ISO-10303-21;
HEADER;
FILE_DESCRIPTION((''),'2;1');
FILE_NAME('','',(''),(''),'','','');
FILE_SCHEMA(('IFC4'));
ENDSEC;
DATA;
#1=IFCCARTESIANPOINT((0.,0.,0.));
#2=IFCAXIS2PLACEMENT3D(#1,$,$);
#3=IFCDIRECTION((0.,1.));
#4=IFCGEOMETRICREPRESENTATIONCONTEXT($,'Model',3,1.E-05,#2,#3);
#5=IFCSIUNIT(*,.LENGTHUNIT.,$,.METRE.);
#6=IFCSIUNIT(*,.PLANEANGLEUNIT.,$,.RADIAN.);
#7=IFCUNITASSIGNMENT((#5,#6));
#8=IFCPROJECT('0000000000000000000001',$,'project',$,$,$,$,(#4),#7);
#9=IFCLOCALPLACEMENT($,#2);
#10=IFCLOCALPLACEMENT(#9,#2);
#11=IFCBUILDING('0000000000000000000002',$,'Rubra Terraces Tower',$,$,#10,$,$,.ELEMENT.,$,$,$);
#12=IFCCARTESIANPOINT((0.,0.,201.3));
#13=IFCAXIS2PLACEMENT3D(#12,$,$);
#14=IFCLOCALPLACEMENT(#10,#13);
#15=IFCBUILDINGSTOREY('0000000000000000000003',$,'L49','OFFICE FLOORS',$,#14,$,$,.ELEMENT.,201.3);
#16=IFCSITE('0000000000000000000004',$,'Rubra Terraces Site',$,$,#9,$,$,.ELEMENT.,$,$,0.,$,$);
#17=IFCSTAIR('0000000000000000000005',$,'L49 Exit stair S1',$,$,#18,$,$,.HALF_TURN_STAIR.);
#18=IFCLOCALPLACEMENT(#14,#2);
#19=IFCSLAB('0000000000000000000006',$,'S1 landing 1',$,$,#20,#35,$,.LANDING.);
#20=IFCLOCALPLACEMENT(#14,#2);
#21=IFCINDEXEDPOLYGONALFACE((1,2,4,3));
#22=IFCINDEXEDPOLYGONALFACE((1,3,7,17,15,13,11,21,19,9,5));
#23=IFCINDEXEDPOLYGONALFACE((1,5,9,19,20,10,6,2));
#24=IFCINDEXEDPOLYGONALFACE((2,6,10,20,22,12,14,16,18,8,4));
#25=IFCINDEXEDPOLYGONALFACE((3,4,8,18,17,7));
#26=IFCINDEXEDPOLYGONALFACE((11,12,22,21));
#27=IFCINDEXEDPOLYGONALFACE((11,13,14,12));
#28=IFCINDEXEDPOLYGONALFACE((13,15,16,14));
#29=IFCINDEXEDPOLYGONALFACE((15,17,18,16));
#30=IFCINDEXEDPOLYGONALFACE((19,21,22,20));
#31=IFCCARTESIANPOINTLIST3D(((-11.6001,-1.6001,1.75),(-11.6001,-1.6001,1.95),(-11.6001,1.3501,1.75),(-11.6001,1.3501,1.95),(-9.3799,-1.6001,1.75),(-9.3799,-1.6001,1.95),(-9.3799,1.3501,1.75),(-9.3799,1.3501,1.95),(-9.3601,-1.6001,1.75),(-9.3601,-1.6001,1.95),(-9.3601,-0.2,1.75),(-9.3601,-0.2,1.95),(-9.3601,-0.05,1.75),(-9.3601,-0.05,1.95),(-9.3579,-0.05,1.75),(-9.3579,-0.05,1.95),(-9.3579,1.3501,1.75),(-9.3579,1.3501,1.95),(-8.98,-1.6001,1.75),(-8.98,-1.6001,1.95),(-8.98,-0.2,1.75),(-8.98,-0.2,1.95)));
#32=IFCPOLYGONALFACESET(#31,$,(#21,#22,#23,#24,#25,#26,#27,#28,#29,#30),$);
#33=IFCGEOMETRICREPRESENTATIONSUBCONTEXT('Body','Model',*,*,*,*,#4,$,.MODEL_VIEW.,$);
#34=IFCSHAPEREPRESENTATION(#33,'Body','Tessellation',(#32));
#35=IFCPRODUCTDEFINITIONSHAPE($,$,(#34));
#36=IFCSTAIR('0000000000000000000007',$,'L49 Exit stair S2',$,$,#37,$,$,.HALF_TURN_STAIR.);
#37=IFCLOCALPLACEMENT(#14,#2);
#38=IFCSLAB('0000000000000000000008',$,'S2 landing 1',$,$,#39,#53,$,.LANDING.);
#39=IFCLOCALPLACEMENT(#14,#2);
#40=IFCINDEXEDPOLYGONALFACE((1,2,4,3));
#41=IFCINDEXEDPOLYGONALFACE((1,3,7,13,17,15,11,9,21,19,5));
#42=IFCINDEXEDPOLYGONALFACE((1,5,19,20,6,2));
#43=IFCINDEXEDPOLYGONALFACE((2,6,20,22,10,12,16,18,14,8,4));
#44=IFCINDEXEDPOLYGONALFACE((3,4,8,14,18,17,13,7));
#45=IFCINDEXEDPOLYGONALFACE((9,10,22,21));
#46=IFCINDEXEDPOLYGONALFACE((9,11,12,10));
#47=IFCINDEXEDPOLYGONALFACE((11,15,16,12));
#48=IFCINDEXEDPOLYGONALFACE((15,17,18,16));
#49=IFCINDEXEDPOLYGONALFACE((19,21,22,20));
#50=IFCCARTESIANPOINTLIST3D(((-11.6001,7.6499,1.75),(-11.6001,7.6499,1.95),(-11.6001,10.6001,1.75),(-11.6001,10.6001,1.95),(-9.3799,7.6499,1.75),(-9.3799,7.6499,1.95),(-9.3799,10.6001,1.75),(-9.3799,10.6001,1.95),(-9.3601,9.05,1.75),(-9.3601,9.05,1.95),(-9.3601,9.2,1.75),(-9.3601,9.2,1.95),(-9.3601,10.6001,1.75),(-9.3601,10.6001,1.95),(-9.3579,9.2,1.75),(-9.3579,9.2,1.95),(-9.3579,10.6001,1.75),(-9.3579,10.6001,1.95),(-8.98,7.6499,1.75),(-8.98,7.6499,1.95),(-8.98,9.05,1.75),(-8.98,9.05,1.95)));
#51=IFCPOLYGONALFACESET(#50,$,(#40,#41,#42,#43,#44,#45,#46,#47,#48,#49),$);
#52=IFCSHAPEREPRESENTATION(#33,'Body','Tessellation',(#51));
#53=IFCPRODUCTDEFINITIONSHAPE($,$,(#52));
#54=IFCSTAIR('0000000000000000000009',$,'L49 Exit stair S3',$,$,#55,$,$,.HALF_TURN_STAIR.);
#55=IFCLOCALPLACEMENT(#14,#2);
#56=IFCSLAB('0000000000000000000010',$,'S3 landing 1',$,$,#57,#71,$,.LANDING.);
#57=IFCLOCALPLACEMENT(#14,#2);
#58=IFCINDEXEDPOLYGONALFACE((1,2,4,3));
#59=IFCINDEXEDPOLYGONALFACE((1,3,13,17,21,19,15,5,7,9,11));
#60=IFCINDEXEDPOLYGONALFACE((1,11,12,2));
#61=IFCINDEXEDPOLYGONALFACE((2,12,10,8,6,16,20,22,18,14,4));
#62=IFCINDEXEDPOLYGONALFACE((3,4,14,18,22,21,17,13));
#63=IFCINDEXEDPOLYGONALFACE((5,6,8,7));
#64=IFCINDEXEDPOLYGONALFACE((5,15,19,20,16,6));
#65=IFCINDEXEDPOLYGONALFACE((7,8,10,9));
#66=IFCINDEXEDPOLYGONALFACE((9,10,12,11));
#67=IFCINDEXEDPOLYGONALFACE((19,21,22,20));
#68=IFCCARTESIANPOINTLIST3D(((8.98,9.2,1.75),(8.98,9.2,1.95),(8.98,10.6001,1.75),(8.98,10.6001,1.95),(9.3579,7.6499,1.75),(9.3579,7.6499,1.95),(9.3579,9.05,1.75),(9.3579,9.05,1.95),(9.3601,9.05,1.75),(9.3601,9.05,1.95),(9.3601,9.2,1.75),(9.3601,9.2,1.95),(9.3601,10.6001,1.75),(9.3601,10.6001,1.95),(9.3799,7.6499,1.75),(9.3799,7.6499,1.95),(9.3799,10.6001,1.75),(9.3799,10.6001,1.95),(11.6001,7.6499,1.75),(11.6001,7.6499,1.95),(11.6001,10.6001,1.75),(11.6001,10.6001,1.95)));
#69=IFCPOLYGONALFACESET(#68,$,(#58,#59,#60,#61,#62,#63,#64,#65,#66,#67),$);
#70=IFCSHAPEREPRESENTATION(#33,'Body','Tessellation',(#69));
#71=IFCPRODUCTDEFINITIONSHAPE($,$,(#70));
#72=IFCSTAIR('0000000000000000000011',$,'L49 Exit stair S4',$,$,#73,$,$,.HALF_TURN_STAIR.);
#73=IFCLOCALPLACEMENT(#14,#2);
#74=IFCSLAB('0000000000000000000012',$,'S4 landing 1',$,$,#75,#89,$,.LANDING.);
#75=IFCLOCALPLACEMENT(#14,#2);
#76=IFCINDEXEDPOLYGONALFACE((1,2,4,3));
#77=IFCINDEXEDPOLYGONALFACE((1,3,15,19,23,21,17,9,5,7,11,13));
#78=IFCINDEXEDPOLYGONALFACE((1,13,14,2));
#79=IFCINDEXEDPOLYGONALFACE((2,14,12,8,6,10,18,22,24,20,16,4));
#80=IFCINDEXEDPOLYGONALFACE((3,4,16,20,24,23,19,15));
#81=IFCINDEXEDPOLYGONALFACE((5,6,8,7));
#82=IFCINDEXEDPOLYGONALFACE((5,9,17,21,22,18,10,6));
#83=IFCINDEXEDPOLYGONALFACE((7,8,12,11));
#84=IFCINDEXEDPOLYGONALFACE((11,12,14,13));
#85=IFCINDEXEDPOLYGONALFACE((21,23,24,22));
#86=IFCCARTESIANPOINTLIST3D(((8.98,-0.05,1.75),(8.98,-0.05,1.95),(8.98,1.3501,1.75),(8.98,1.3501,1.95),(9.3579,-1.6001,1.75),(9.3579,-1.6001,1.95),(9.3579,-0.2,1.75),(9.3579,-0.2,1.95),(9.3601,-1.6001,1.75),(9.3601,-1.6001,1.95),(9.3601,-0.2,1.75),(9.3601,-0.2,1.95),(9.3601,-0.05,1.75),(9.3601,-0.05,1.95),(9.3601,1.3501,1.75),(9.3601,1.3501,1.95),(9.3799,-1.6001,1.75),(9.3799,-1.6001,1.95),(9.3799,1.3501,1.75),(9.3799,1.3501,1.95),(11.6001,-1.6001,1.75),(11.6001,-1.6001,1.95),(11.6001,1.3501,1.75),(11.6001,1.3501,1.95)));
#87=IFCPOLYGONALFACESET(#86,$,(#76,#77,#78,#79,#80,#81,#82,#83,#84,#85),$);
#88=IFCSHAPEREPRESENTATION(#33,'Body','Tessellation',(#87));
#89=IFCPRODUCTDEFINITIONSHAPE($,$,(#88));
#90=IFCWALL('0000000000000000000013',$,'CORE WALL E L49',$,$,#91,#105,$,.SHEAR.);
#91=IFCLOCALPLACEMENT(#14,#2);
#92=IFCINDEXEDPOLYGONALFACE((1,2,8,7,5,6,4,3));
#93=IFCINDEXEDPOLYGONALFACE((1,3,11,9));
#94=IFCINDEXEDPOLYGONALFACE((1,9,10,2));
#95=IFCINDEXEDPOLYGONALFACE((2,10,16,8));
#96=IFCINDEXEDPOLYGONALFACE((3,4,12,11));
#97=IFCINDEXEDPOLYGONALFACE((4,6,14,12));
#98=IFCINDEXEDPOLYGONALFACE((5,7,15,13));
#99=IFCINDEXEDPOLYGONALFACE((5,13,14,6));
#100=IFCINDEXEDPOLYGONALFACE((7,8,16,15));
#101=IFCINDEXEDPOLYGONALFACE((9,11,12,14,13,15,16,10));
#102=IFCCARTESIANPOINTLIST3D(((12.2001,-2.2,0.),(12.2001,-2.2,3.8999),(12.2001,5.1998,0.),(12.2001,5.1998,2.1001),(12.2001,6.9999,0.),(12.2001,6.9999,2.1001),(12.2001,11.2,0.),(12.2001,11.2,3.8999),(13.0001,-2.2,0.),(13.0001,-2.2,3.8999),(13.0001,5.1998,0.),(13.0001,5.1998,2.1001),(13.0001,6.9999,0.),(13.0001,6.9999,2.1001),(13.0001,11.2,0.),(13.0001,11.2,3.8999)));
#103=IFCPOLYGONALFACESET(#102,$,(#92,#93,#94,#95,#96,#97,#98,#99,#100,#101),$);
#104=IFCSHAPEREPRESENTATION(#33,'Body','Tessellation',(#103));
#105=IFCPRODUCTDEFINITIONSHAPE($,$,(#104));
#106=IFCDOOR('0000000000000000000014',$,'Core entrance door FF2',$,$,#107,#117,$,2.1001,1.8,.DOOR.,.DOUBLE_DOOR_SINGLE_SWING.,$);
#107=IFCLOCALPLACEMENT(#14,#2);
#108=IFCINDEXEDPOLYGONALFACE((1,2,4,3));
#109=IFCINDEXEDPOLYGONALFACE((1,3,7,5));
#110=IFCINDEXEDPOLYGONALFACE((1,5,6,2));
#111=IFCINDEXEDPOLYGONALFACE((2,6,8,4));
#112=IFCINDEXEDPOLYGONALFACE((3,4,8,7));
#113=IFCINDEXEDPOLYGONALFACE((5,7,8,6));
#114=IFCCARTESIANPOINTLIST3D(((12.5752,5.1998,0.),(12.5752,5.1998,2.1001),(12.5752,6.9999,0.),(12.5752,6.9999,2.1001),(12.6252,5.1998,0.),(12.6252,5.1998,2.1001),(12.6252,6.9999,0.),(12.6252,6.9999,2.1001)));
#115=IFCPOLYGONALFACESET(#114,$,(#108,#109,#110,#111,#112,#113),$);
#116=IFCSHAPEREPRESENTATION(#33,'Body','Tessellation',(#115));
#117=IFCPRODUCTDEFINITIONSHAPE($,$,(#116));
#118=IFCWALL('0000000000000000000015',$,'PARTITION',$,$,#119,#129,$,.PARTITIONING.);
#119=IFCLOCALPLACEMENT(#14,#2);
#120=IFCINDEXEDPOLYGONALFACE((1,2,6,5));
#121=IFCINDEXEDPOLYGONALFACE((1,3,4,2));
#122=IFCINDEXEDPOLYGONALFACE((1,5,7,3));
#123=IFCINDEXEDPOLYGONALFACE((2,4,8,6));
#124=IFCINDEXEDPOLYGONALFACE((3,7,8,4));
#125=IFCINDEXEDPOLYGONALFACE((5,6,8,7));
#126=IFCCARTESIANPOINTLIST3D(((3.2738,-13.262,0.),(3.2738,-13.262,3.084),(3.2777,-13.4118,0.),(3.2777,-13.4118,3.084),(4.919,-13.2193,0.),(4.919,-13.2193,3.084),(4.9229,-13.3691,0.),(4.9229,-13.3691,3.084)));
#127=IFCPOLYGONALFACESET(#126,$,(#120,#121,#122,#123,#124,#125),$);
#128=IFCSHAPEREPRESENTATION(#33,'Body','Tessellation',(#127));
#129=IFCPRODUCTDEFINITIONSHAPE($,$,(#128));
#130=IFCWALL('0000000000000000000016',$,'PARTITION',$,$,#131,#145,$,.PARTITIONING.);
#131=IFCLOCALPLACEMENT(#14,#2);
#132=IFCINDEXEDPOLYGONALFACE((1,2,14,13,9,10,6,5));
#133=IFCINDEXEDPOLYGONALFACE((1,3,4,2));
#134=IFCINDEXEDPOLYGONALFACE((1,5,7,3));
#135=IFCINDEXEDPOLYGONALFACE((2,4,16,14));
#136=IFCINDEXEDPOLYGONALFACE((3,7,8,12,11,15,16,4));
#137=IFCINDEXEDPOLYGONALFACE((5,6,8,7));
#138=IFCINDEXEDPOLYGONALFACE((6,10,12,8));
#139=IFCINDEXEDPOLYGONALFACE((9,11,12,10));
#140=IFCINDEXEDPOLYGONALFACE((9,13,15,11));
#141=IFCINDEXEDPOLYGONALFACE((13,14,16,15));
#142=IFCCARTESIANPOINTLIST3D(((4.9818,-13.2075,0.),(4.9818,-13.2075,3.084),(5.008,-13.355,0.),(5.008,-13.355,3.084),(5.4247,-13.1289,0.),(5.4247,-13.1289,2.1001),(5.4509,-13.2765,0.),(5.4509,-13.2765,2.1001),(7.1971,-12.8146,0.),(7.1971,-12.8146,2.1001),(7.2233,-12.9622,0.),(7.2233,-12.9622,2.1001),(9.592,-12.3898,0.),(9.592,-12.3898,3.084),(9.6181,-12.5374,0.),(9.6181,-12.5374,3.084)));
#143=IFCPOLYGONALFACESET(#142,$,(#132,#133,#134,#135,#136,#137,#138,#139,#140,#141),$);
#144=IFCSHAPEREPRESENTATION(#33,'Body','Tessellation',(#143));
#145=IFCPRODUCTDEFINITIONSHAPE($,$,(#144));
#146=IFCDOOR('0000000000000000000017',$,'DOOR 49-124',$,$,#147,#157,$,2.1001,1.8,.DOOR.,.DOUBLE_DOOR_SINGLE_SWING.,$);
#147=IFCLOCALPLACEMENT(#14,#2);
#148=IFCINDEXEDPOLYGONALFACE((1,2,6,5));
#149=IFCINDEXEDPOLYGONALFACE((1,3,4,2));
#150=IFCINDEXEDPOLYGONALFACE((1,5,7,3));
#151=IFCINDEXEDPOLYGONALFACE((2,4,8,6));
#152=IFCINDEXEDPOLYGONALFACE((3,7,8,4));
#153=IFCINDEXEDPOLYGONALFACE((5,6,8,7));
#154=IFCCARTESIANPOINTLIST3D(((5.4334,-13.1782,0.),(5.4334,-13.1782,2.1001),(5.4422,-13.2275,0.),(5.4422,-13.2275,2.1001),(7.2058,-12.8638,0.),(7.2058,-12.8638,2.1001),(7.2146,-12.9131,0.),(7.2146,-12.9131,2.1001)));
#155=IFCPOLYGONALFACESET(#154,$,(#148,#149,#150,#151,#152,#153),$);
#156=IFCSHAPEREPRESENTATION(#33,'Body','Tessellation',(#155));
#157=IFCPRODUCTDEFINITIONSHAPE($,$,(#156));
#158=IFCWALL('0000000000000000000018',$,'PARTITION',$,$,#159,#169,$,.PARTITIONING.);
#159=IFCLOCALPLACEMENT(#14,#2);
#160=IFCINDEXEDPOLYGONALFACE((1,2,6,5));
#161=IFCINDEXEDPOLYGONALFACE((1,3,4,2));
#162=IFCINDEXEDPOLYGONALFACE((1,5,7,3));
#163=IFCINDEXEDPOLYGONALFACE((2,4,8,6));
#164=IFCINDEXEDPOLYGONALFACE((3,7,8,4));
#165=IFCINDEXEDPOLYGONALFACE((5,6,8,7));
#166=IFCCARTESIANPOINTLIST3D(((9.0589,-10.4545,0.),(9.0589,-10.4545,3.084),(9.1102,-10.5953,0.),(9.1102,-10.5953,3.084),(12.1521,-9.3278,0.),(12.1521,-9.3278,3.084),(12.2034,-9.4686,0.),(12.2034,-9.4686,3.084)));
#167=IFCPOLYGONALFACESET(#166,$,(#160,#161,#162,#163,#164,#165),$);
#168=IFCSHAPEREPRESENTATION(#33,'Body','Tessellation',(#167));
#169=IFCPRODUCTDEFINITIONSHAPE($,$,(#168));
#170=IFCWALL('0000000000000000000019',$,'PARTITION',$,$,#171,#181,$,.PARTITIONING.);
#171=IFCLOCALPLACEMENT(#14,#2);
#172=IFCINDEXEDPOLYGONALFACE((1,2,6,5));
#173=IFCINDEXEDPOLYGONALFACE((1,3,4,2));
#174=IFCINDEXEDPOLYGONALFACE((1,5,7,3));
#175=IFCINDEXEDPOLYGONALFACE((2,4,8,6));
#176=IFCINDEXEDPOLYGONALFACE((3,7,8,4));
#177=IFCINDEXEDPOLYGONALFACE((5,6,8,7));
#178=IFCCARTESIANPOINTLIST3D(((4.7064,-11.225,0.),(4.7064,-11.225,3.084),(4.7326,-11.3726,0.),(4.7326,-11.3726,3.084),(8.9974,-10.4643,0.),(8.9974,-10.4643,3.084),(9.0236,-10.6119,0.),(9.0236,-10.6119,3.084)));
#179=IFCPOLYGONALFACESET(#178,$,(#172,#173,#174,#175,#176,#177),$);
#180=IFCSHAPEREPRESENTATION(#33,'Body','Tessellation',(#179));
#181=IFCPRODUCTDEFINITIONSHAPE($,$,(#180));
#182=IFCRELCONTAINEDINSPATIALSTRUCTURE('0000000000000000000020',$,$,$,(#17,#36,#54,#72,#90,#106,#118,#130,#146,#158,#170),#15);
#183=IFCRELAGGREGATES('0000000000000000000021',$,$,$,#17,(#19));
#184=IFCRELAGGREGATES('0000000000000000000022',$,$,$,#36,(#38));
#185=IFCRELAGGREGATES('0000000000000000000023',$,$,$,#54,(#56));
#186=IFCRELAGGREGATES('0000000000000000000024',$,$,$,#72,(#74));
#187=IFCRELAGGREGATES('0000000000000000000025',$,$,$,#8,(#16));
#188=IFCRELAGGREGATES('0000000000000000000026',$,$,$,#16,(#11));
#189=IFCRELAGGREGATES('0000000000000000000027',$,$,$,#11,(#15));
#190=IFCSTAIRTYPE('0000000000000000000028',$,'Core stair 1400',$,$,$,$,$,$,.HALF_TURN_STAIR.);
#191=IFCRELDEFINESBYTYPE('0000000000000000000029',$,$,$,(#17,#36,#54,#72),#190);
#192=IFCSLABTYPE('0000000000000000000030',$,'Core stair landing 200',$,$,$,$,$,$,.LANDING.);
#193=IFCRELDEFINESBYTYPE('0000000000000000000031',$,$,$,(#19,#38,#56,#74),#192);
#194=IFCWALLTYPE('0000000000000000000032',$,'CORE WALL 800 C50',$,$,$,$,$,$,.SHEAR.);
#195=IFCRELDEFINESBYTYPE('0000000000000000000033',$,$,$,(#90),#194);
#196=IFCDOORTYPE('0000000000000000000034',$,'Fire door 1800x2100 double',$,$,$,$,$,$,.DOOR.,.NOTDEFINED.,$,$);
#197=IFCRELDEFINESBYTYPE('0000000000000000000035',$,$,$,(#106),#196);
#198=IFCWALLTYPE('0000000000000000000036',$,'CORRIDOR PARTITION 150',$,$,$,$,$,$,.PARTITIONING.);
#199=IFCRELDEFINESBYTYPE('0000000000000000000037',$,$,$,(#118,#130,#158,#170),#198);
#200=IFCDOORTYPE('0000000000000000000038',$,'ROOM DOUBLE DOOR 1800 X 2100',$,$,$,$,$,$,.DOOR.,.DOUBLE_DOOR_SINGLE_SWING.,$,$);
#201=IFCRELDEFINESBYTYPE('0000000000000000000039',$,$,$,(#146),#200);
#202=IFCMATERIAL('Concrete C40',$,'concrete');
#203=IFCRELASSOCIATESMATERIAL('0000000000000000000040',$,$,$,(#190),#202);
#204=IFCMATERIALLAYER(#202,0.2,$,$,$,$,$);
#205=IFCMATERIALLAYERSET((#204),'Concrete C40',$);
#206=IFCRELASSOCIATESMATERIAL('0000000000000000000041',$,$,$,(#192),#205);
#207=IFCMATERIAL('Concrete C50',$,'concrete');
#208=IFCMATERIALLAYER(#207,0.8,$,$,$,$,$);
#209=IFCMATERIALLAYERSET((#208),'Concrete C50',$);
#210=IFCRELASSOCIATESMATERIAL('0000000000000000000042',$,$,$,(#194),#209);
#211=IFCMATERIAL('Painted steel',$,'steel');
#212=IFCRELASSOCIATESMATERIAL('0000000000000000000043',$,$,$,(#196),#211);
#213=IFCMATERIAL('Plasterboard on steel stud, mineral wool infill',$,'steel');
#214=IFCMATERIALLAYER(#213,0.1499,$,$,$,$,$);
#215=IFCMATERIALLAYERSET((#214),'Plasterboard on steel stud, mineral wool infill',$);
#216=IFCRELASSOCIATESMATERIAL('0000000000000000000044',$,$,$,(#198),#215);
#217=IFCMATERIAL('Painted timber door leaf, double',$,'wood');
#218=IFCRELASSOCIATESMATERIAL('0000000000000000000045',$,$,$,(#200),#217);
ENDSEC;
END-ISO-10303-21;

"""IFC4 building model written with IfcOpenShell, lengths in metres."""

from ifc_helpers import new_model, si_unit, direction, frame, frame_2d, origin, place, context, subcontext, project, spatial, polyline, rectangle, outline, extrude, material, layer, layer_set, type_object, element, fill, aggregate, save


model = new_model("IFC4")

# Units and contexts
model_context = context("Model", 3, precision=1e-05, world=origin(), true_north=direction((0.0, 1.0)))
body_context = subcontext(model_context, "Body", "Model", "MODEL_VIEW")
ifc_project = project(units=[si_unit("LENGTHUNIT", "METRE"), si_unit("PLANEANGLEUNIT", "RADIAN")], contexts=[model_context])

# Site, building, storey
site_placement = place(None, origin())
site = spatial("IfcSite", under=ifc_project, at=site_placement, Name="Rubra Terraces Site", CompositionType="ELEMENT", RefElevation=0.0)
building_placement = place(site_placement, origin())
building = spatial("IfcBuilding", under=site, at=building_placement, Name="Rubra Terraces Tower", CompositionType="ELEMENT")
storey_placement = place(building_placement, frame((0.0, 0.0, 201.3)))
storey = spatial("IfcBuildingStorey", under=building, at=storey_placement, Name="L49", Description="OFFICE FLOORS", CompositionType="ELEMENT", Elevation=201.3)

# Stairs, slabs
ifc_material_1 = material(Name="Concrete C40", Category="concrete")
stair_type = type_object("IfcStairType", Name="Core stair 1400", PredefinedType="HALF_TURN_STAIR", material=ifc_material_1)
stair_1_placement = place(storey_placement, origin())
stair_1 = element("IfcStair", 1, at=stair_1_placement, inside=storey, type_object=stair_type, Name="L49 Exit stair S1", PredefinedType="HALF_TURN_STAIR")
ifc_layer_1 = layer(ifc_material_1, 0.2)
ifc_layer_set_1 = layer_set([ifc_layer_1], Name="Concrete C40")
slab_type = type_object("IfcSlabType", Name="Core stair landing 200", PredefinedType="LANDING", material=ifc_layer_set_1)
slab_1_placement = place(storey_placement, frame((0.0, 0.0, 1.75)))
slab_1 = element("IfcSlab", 2, at=slab_1_placement, type_object=slab_type, Name="S1 landing 1", PredefinedType="LANDING", context=body_context, shape_type="SweptSolid", body=[
    extrude(outline(polyline([(-8.98, -0.2), (-8.98, -1.6001), (-9.3601, -1.6001), (-9.3799, -1.6001), (-11.6001, -1.6001), (-11.6001, 1.3501), (-9.3799, 1.3501), (-9.3579, 1.3501), (-9.3579, -0.05), (-9.3601, -0.05), (-9.3601, -0.2), (-8.98, -0.2)])), origin(), (0.0, 0.0, 1.0), 0.2),
])
aggregate(stair_1, [slab_1])
stair_2_placement = place(storey_placement, origin())
stair_2 = element("IfcStair", 3, at=stair_2_placement, inside=storey, type_object=stair_type, Name="L49 Exit stair S2", PredefinedType="HALF_TURN_STAIR")
slab_2_placement = place(storey_placement, frame((0.0, 0.0, 1.75)))
slab_2 = element("IfcSlab", 4, at=slab_2_placement, type_object=slab_type, Name="S2 landing 1", PredefinedType="LANDING", context=body_context, shape_type="SweptSolid", body=[
    extrude(outline(polyline([(-8.98, 9.05), (-8.98, 7.6499), (-9.3799, 7.6499), (-11.6001, 7.6499), (-11.6001, 10.6001), (-9.3799, 10.6001), (-9.3601, 10.6001), (-9.3579, 10.6001), (-9.3579, 9.2), (-9.3601, 9.2), (-9.3601, 9.05), (-8.98, 9.05)])), origin(), (0.0, 0.0, 1.0), 0.2),
])
aggregate(stair_2, [slab_2])
stair_3_placement = place(storey_placement, origin())
stair_3 = element("IfcStair", 5, at=stair_3_placement, inside=storey, type_object=stair_type, Name="L49 Exit stair S3", PredefinedType="HALF_TURN_STAIR")
slab_3_placement = place(storey_placement, frame((0.0, 0.0, 1.75)))
slab_3 = element("IfcSlab", 6, at=slab_3_placement, type_object=slab_type, Name="S3 landing 1", PredefinedType="LANDING", context=body_context, shape_type="SweptSolid", body=[
    extrude(outline(polyline([(9.3601, 9.05), (9.3601, 9.2), (8.98, 9.2), (8.98, 10.6001), (9.3601, 10.6001), (9.3799, 10.6001), (11.6001, 10.6001), (11.6001, 7.6499), (9.3799, 7.6499), (9.3579, 7.6499), (9.3579, 9.05), (9.3601, 9.05)])), origin(), (0.0, 0.0, 1.0), 0.2),
])
aggregate(stair_3, [slab_3])
stair_4_placement = place(storey_placement, origin())
stair_4 = element("IfcStair", 7, at=stair_4_placement, inside=storey, type_object=stair_type, Name="L49 Exit stair S4", PredefinedType="HALF_TURN_STAIR")
slab_4_placement = place(storey_placement, frame((0.0, 0.0, 1.75)))
slab_4 = element("IfcSlab", 8, at=slab_4_placement, type_object=slab_type, Name="S4 landing 1", PredefinedType="LANDING", context=body_context, shape_type="SweptSolid", body=[
    extrude(outline(polyline([(9.3601, -0.2), (9.3601, -0.05), (8.98, -0.05), (8.98, 1.3501), (9.3601, 1.3501), (9.3799, 1.3501), (11.6001, 1.3501), (11.6001, -1.6001), (9.3799, -1.6001), (9.3601, -1.6001), (9.3579, -1.6001), (9.3579, -0.2), (9.3601, -0.2)])), origin(), (0.0, 0.0, 1.0), 0.2),
])

# Wall, opening, door
ifc_material_2 = material(Name="Concrete C50", Category="concrete")
ifc_layer_2 = layer(ifc_material_2, 0.8)
ifc_layer_set_2 = layer_set([ifc_layer_2], Name="Concrete C50")
wall_type_1 = type_object("IfcWallType", Name="CORE WALL 800 C50", PredefinedType="SHEAR", material=ifc_layer_set_2)
wall_1_placement = place(storey_placement, frame((12.6001, -2.2, 0.0), z_axis=(0.0, 0.0, 1.0), x_axis=(0.0, 1.0, 0.0)))
wall_1 = element("IfcWall", 9, at=wall_1_placement, inside=storey, type_object=wall_type_1, Name="CORE WALL E L49", PredefinedType="SHEAR", context=body_context, shape_type="SweptSolid", body=[
    extrude(rectangle(XDim=13.3999, YDim=0.8, at=frame_2d((6.7, 0.0))), origin(), (0.0, 0.0, 1.0), 3.8999),
])
opening_1_placement = place(wall_1_placement, frame((7.3999, 0.0, 0.0)))
opening_1 = element("IfcOpeningElement", 10, at=opening_1_placement, cuts=wall_1, PredefinedType="OPENING", context=body_context, shape_type="SweptSolid", body=[
    extrude(rectangle(XDim=1.8, YDim=2.1001, at=frame_2d((0.8999, 1.05))), frame((0.0, 0.4099, 0.0), z_axis=(0.0, -1.0, 0.0), x_axis=(1.0, 0.0, 0.0)), (0.0, 0.0, 1.0), 0.8201),
])
ifc_material_3 = material(Name="Painted steel", Category="steel")
door_type_1 = type_object("IfcDoorType", Name="Fire door 1800x2100 double", OperationType="NOTDEFINED", PredefinedType="DOOR", material=ifc_material_3)
door_1_placement = place(opening_1_placement, origin())
door_1 = element("IfcDoor", 11, at=door_1_placement, inside=storey, type_object=door_type_1, Name="Core entrance door FF2", OperationType="DOUBLE_DOOR_SINGLE_SWING", OverallHeight=2.1001, OverallWidth=1.8, PredefinedType="DOOR", context=body_context, shape_type="SweptSolid", body=[
    extrude(rectangle(XDim=1.8, YDim=2.1001, at=frame_2d((0.8999, 1.05))), frame((0.0, 0.0249, 0.0), z_axis=(0.0, -1.0, 0.0), x_axis=(1.0, 0.0, 0.0)), (0.0, 0.0, 1.0), 0.05),
])
fill(opening_1, door_1)

# Wall
ifc_material_4 = material(Name="Plasterboard on steel stud, mineral wool infill", Category="steel")
ifc_layer_3 = layer(ifc_material_4, 0.1499)
ifc_layer_set_3 = layer_set([ifc_layer_3], Name="Plasterboard on steel stud, mineral wool infill")
wall_type_2 = type_object("IfcWallType", Name="CORRIDOR PARTITION 150", PredefinedType="PARTITIONING", material=ifc_layer_set_3)
wall_2_placement = place(storey_placement, frame((3.2759, -13.3369, 0.0), z_axis=(0.0, 0.0, 1.0), x_axis=(0.999663, 0.025959, 0.0)))
element("IfcWall", 12, at=wall_2_placement, inside=storey, type_object=wall_type_2, Name="PARTITION", PredefinedType="PARTITIONING", context=body_context, shape_type="SweptSolid", body=[
    extrude(rectangle(XDim=1.6458, YDim=0.1499, at=frame_2d((0.8228, 0.0))), origin(), (0.0, 0.0, 1.0), 3.084),
])

# Wall, opening, door
wall_3_placement = place(storey_placement, frame((4.9949, -13.2812, 0.0), z_axis=(0.0, 0.0, 1.0), x_axis=(0.984634, 0.17463, 0.0)))
wall_3 = element("IfcWall", 13, at=wall_3_placement, inside=storey, type_object=wall_type_2, Name="PARTITION", PredefinedType="PARTITIONING", context=body_context, shape_type="SweptSolid", body=[
    extrude(rectangle(XDim=4.6821, YDim=0.1499, at=frame_2d((2.3411, 0.0))), origin(), (0.0, 0.0, 1.0), 3.084),
])
opening_2_placement = place(wall_3_placement, frame((0.45, 0.0, 0.0)))
opening_2 = element("IfcOpeningElement", 14, at=opening_2_placement, cuts=wall_3, PredefinedType="OPENING", context=body_context, shape_type="SweptSolid", body=[
    extrude(rectangle(XDim=1.8, YDim=2.1001, at=frame_2d((0.8999, 1.05))), frame((0.0, 0.085, 0.0), z_axis=(0.0, -1.0, 0.0), x_axis=(1.0, 0.0, 0.0)), (0.0, 0.0, 1.0), 0.1699),
])
ifc_material_5 = material(Name="Painted timber door leaf, double", Category="wood")
door_type_2 = type_object("IfcDoorType", Name="ROOM DOUBLE DOOR 1800 X 2100", OperationType="DOUBLE_DOOR_SINGLE_SWING", PredefinedType="DOOR", material=ifc_material_5)
door_2_placement = place(opening_2_placement, origin())
door_2 = element("IfcDoor", 15, at=door_2_placement, inside=storey, type_object=door_type_2, Name="DOOR 49-124", OperationType="DOUBLE_DOOR_SINGLE_SWING", OverallHeight=2.1001, OverallWidth=1.8, PredefinedType="DOOR", context=body_context, shape_type="SweptSolid", body=[
    extrude(rectangle(XDim=1.8, YDim=2.1001, at=frame_2d((0.8999, 1.05))), frame((0.0, 0.0249, 0.0), z_axis=(0.0, -1.0, 0.0), x_axis=(1.0, 0.0, 0.0)), (0.0, 0.0, 1.0), 0.05),
])
fill(opening_2, door_2)

# Walls
wall_4_placement = place(storey_placement, frame((12.1777, -9.3982, 0.0), z_axis=(0.0, 0.0, 1.0), x_axis=(-0.939609, -0.342249, 0.0)))
element("IfcWall", 16, at=wall_4_placement, inside=storey, type_object=wall_type_2, Name="PARTITION", PredefinedType="PARTITIONING", context=body_context, shape_type="SweptSolid", body=[
    extrude(rectangle(XDim=3.292, YDim=0.1499, at=frame_2d((1.646, 0.0))), origin(), (0.0, 0.0, 1.0), 3.084),
])
wall_5_placement = place(storey_placement, frame((9.0105, -10.5381, 0.0), z_axis=(0.0, 0.0, 1.0), x_axis=(-0.984646, -0.174565, 0.0)))
element("IfcWall", 17, at=wall_5_placement, inside=storey, type_object=wall_type_2, Name="PARTITION", PredefinedType="PARTITIONING", context=body_context, shape_type="SweptSolid", body=[
    extrude(rectangle(XDim=4.3579, YDim=0.1499, at=frame_2d((2.179, 0.0))), origin(), (0.0, 0.0, 1.0), 3.084),
])

aggregate(stair_4, [slab_4])

save(model, "model.ifc")
